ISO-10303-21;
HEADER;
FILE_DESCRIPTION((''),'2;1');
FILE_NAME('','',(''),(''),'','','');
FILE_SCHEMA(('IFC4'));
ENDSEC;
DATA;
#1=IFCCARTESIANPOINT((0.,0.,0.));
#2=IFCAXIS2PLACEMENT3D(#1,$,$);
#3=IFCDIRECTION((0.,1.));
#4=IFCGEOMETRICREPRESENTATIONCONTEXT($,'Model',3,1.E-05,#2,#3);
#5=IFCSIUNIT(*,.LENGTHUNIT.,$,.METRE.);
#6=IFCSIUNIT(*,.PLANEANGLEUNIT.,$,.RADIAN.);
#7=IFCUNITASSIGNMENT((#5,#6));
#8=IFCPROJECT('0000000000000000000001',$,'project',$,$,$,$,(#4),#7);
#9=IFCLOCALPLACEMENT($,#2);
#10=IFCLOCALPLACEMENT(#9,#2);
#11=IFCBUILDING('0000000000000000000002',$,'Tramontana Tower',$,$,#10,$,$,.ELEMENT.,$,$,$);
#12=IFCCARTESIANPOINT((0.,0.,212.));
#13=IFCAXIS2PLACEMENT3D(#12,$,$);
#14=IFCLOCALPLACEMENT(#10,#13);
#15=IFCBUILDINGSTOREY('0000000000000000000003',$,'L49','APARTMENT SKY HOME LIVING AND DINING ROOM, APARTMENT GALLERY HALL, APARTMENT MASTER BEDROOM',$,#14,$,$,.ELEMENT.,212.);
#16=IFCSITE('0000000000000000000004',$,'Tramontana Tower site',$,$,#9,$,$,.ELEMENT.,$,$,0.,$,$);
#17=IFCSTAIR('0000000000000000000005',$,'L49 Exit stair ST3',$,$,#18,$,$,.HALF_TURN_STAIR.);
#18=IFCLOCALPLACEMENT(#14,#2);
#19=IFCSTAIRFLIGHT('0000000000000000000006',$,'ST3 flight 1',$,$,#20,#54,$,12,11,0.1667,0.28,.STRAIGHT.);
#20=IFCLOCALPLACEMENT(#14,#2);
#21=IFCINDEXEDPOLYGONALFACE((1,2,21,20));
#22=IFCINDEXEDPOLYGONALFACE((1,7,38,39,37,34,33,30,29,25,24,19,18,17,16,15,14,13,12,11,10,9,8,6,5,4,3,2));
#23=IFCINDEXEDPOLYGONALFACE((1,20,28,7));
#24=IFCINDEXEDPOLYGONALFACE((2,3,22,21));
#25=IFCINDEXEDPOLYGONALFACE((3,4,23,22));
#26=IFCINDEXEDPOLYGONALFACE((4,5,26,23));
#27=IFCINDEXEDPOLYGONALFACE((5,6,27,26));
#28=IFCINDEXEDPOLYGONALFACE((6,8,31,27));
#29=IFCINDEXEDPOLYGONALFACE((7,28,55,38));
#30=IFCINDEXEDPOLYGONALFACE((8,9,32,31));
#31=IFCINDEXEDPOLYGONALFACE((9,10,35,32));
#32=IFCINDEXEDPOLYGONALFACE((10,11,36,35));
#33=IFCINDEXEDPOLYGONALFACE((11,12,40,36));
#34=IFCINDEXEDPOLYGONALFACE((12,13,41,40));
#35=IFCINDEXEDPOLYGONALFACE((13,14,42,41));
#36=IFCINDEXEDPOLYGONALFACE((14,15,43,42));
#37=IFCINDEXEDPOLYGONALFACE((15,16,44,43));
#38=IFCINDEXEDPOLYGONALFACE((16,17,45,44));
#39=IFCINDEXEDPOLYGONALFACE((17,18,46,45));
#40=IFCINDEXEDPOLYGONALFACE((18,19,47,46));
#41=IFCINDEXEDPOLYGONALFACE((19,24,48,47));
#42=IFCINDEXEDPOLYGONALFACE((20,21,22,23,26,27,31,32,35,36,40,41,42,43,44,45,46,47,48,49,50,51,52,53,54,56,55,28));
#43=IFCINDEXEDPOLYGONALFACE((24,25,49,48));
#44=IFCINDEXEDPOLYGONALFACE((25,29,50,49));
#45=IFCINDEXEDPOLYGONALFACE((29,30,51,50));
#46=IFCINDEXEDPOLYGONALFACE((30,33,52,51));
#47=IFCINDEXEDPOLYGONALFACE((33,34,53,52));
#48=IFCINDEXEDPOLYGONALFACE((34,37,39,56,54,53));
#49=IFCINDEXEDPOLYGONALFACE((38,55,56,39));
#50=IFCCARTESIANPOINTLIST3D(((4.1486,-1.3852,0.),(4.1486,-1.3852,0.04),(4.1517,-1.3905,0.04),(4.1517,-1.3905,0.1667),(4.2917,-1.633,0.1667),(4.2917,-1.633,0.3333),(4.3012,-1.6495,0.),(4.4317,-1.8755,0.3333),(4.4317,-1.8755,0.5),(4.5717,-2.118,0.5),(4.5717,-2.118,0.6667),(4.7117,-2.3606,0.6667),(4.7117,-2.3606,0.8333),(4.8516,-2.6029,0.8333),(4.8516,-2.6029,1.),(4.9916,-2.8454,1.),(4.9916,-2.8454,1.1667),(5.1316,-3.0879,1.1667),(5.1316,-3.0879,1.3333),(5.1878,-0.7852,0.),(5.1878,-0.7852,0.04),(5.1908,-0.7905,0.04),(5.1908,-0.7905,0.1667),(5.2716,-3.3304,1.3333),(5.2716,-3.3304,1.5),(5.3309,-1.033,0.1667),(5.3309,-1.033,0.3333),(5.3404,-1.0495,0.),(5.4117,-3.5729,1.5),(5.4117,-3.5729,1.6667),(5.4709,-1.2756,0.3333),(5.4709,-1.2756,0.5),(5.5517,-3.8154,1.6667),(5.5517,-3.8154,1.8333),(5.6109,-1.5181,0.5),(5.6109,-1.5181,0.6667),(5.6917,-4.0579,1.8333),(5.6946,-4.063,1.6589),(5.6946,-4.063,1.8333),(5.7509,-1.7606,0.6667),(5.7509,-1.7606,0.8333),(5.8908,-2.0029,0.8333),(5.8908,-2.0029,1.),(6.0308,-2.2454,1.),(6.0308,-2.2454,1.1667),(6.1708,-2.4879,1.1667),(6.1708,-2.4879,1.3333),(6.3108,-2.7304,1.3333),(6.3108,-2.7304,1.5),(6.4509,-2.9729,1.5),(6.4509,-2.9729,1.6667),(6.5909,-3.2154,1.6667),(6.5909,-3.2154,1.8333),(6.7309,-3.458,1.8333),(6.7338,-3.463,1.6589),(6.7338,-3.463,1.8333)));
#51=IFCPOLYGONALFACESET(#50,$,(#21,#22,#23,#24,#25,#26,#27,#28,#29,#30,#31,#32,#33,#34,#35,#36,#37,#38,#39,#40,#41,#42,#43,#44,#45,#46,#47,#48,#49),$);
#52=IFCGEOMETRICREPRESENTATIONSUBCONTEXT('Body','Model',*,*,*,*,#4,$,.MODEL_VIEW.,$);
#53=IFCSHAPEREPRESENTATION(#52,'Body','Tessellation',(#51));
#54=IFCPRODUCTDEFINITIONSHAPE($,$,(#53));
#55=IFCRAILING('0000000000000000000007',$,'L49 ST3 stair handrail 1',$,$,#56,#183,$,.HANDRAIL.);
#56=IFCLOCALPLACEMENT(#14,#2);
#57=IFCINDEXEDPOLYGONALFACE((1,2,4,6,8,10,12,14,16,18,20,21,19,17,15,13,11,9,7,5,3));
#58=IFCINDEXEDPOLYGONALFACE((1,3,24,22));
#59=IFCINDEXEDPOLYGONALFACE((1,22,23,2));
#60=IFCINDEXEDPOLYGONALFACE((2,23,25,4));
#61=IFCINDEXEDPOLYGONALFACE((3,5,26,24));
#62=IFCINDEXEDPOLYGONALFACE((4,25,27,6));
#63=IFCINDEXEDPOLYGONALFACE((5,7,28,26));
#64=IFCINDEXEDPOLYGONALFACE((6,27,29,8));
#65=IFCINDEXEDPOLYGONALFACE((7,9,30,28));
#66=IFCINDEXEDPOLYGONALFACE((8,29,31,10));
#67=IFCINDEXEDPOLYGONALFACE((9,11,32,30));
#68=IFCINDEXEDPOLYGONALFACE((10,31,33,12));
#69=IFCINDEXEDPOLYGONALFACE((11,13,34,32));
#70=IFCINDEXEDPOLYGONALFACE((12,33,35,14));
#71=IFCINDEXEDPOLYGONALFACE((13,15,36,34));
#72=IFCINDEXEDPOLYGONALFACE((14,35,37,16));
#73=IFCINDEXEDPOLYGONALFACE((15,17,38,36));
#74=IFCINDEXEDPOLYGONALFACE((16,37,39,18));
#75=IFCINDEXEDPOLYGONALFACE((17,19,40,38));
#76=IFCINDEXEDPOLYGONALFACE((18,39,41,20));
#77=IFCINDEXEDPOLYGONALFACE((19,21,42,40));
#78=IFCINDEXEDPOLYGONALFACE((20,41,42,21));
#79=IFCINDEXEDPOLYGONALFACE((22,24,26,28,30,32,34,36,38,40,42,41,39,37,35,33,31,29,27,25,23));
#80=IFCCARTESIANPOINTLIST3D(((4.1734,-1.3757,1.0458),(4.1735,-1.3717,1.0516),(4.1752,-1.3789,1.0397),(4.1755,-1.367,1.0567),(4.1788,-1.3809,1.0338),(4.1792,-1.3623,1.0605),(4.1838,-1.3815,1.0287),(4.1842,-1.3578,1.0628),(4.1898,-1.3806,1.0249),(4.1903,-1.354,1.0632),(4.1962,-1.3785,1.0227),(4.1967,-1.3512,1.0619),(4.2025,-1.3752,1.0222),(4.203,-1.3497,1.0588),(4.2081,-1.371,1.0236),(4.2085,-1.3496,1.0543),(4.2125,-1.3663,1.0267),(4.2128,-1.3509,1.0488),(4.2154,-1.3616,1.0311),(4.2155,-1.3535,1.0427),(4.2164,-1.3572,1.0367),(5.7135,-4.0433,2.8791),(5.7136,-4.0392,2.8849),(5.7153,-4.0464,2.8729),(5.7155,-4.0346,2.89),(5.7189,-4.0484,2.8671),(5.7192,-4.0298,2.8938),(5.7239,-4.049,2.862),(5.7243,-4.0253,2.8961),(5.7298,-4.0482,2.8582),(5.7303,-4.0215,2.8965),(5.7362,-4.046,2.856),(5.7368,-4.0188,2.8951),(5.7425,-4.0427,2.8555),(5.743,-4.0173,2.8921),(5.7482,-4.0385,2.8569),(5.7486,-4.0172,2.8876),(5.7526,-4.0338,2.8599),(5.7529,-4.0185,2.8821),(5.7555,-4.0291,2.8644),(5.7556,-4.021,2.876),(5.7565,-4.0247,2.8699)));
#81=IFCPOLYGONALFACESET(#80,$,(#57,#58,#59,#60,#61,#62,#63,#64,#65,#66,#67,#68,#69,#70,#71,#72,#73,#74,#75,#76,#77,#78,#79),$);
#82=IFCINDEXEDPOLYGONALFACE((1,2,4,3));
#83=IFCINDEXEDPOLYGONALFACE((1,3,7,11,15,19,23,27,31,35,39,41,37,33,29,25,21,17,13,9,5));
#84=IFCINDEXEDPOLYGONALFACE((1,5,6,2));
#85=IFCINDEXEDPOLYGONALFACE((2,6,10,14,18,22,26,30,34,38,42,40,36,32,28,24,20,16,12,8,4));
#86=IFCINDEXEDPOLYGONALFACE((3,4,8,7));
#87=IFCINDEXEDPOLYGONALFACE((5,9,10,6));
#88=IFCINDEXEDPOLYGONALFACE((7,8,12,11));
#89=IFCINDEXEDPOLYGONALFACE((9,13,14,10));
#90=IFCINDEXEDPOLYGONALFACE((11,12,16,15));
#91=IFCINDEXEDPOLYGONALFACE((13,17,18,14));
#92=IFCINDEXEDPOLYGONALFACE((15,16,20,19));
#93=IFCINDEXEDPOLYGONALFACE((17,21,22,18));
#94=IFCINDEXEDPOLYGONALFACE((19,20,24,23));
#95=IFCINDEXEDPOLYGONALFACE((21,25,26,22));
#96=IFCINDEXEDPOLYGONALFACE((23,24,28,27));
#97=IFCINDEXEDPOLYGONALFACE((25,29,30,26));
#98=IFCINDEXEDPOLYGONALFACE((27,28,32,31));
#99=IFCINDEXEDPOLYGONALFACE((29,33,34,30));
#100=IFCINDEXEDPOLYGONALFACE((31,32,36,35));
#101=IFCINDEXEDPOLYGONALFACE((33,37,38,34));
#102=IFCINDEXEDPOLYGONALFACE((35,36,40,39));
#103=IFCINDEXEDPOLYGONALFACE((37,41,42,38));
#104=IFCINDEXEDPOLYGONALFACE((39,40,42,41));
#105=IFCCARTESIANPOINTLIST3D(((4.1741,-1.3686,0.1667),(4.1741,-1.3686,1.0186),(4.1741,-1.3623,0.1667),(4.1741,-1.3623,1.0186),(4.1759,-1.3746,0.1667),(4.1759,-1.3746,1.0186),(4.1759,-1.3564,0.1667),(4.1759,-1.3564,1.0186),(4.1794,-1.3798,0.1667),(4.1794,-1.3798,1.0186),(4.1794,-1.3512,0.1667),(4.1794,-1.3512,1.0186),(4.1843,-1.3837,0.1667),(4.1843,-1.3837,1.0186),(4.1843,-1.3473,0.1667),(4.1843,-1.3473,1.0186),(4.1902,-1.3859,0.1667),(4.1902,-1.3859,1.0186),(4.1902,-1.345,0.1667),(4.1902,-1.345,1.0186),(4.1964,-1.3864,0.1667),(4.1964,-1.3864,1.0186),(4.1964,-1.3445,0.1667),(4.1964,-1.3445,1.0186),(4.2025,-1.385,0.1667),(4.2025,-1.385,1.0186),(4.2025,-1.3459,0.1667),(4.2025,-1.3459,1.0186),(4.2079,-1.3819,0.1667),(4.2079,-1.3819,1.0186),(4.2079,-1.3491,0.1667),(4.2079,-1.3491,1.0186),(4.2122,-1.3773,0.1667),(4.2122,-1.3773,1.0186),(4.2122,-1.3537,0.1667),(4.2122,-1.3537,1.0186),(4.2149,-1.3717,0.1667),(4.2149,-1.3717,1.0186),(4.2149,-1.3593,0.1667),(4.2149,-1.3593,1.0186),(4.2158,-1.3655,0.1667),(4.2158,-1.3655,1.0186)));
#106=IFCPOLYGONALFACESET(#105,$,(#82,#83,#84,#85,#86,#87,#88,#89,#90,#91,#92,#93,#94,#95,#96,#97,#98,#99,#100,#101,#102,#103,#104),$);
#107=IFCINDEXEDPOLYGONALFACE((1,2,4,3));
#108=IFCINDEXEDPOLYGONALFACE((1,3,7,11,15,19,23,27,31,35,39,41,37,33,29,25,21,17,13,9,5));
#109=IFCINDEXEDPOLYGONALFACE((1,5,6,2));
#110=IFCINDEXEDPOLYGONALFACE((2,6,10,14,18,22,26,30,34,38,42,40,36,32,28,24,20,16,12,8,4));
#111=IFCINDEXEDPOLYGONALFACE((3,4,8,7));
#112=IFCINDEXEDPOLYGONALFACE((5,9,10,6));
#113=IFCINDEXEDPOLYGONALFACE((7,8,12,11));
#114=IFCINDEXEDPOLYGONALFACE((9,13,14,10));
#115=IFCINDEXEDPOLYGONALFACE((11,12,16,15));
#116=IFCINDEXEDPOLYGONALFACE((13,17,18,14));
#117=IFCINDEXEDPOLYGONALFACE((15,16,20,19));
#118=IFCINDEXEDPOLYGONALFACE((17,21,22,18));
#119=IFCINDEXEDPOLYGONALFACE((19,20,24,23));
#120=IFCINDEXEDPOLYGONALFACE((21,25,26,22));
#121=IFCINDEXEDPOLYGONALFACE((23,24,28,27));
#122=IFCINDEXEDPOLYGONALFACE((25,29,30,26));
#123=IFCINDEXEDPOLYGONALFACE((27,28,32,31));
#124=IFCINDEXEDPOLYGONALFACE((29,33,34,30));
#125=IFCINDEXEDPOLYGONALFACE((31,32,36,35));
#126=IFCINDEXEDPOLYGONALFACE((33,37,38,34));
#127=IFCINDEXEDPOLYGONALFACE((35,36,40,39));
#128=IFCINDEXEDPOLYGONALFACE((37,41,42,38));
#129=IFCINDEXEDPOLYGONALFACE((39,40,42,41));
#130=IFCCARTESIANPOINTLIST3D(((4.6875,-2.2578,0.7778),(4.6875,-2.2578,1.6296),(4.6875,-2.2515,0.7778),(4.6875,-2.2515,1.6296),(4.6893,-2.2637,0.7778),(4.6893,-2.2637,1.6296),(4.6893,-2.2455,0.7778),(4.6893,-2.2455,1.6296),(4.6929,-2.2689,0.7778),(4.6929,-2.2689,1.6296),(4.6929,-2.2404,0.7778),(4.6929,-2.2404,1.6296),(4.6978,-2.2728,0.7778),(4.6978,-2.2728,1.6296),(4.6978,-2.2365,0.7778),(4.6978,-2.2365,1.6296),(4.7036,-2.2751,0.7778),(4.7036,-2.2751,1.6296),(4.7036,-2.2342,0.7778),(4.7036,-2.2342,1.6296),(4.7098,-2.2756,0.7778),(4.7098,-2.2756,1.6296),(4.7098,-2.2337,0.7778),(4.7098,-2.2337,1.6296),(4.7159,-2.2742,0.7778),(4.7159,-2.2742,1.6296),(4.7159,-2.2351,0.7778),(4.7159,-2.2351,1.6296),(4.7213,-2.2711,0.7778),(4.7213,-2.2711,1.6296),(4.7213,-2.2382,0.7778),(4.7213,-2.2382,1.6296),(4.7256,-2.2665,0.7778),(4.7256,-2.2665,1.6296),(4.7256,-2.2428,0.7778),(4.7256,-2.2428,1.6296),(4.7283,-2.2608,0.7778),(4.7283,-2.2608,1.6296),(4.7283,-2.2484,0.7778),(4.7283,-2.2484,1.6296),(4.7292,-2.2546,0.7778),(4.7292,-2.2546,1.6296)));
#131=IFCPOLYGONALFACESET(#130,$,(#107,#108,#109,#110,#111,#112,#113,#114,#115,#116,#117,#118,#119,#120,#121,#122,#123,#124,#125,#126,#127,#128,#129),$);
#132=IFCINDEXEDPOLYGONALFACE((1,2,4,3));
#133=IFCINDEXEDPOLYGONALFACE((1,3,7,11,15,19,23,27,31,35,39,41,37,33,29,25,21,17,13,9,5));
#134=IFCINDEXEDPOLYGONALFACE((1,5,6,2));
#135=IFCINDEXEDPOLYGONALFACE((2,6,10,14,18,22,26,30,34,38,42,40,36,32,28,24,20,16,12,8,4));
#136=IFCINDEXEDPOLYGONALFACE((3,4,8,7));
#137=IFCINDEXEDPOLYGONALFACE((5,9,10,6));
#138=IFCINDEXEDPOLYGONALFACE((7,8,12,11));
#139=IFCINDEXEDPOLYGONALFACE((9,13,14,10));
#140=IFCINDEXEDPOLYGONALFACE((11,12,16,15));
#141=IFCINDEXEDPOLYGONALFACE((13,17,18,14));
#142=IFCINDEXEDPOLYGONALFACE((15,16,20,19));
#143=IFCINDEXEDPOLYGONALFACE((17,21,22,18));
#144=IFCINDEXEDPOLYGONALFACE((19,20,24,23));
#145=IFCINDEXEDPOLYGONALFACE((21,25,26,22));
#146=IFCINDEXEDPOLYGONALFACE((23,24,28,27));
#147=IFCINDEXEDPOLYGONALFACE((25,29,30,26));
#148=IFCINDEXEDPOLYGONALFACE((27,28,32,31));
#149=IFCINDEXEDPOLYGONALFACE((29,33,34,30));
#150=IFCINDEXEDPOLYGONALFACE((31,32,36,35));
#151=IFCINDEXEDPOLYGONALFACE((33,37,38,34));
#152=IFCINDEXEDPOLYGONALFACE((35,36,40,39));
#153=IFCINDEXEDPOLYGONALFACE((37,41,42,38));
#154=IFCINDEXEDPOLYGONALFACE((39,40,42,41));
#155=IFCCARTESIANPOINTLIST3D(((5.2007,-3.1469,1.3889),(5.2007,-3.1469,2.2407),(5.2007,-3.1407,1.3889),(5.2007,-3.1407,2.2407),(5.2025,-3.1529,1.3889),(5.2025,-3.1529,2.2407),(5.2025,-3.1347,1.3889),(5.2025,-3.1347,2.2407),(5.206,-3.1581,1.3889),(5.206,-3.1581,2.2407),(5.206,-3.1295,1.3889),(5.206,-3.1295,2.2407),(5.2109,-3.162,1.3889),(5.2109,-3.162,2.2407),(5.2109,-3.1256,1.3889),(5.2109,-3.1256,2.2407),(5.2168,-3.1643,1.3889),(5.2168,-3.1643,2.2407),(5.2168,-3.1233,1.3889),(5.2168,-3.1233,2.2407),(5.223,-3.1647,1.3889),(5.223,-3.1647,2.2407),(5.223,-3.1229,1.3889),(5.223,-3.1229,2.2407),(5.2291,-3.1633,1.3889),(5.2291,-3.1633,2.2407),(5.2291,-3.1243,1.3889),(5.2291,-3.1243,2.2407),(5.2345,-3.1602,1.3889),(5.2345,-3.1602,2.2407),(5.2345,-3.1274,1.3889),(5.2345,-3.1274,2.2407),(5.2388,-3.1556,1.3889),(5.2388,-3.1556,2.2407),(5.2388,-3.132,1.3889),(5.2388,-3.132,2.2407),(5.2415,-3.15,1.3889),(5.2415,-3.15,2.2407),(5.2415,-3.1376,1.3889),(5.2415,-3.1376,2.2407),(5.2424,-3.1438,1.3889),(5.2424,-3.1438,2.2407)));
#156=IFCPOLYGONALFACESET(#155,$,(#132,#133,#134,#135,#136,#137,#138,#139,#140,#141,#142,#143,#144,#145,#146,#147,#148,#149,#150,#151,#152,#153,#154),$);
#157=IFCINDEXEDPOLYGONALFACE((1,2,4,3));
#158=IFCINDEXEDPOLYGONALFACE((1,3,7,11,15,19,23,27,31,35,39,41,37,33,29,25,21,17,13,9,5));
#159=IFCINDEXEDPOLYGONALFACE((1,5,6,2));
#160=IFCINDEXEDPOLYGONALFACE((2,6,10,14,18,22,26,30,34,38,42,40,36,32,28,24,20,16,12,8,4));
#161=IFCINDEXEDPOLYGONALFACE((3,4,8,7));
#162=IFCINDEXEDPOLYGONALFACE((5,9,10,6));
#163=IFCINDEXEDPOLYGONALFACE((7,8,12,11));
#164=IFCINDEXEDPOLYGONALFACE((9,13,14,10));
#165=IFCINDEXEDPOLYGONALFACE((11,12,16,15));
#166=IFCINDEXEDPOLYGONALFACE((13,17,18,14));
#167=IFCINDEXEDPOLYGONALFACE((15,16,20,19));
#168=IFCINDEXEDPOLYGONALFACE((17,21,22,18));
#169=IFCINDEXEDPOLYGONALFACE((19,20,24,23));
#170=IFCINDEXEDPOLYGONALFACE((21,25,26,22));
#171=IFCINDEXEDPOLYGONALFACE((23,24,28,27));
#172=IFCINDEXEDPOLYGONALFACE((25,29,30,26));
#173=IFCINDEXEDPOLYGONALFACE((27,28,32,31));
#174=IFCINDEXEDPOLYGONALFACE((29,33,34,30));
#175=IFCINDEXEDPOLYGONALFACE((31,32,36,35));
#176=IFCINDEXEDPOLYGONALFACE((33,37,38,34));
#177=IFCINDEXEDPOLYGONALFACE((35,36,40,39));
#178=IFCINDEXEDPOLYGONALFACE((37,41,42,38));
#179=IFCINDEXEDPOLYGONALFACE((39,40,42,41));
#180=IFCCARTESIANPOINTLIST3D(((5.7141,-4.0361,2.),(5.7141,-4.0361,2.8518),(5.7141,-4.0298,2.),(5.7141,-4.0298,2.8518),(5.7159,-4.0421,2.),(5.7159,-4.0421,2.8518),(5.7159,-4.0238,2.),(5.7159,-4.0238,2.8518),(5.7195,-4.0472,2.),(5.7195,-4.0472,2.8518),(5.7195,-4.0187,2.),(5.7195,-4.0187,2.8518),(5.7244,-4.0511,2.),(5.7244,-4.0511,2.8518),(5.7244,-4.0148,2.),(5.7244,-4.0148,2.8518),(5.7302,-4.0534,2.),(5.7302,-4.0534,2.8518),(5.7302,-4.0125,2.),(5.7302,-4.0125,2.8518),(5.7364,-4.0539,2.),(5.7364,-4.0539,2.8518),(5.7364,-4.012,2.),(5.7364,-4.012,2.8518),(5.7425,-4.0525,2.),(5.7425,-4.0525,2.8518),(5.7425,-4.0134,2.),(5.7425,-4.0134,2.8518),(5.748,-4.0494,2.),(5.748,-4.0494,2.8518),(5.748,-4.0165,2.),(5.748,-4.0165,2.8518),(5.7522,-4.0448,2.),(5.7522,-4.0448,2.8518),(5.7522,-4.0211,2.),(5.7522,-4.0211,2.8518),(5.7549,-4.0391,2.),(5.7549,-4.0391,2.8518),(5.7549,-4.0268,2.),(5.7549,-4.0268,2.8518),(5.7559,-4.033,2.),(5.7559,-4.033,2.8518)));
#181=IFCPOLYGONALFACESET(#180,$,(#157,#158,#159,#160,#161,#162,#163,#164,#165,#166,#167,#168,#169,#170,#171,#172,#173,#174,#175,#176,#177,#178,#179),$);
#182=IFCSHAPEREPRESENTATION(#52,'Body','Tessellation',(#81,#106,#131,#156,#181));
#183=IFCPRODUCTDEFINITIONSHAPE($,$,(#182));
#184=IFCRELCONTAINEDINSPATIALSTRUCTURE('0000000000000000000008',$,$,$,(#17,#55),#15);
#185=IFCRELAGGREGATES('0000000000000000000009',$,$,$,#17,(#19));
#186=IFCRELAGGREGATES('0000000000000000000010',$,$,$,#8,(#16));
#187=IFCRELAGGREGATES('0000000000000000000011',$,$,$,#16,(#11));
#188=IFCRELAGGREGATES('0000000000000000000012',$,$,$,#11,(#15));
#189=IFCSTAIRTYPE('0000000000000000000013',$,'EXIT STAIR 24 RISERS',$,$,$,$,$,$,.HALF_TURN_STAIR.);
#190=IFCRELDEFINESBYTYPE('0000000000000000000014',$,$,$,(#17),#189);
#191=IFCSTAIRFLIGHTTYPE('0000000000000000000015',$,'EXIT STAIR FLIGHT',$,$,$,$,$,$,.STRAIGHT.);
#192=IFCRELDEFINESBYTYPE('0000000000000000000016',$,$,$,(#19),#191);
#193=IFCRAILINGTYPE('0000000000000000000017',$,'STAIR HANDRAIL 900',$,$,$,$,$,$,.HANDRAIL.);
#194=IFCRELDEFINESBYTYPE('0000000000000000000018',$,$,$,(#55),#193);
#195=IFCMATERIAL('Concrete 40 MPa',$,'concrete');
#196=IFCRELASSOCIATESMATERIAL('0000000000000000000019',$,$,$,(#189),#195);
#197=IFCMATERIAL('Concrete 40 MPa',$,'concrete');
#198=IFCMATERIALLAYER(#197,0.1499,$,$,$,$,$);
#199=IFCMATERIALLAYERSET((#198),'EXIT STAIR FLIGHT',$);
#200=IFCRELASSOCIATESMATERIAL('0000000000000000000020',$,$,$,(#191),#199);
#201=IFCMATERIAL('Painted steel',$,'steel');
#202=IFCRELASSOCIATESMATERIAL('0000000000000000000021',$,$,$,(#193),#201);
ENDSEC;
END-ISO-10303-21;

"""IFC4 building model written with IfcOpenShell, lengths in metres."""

from ifc_helpers import new_model, si_unit, direction, frame, origin, origin_2d, place, context, subcontext, project, spatial, polyline, circle, outline, extrude, material, layer, layer_set, type_object, element, aggregate, save


model = new_model("IFC4")

# Units and contexts
model_context = context("Model", 3, precision=1e-05, world=origin(), true_north=direction((0.0, 1.0)))
body_context = subcontext(model_context, "Body", "Model", "MODEL_VIEW")
ifc_project = project(units=[si_unit("LENGTHUNIT", "METRE"), si_unit("PLANEANGLEUNIT", "RADIAN")], contexts=[model_context])

# Site, building, storey
site_placement = place(None, origin())
site = spatial("IfcSite", under=ifc_project, at=site_placement, Name="Tramontana Tower site", CompositionType="ELEMENT", RefElevation=0.0)
building_placement = place(site_placement, origin())
building = spatial("IfcBuilding", under=site, at=building_placement, Name="Tramontana Tower", CompositionType="ELEMENT")
storey_placement = place(building_placement, frame((0.0, 0.0, 212.0)))
storey = spatial("IfcBuildingStorey", under=building, at=storey_placement, Name="L49", Description="APARTMENT SKY HOME LIVING AND DINING ROOM, APARTMENT GALLERY HALL, APARTMENT MASTER BEDROOM", CompositionType="ELEMENT", Elevation=212.0)

# Stair
ifc_material_1 = material(Name="Concrete 40 MPa", Category="concrete")
stair_type = type_object("IfcStairType", Name="EXIT STAIR 24 RISERS", PredefinedType="HALF_TURN_STAIR", material=ifc_material_1)
stair_1_placement = place(storey_placement, origin())
stair_1 = element("IfcStair", 1, at=stair_1_placement, inside=storey, type_object=stair_type, Name="L49 Exit stair ST3", PredefinedType="HALF_TURN_STAIR")

# Stair flight
ifc_material_2 = material(Name="Concrete 40 MPa", Category="concrete")
ifc_layer_1 = layer(ifc_material_2, 0.1499)
ifc_layer_set_1 = layer_set([ifc_layer_1], Name="EXIT STAIR FLIGHT")
stair_flight_type = type_object("IfcStairFlightType", Name="EXIT STAIR FLIGHT", PredefinedType="STRAIGHT", material=ifc_layer_set_1)
stair_flight_placement = place(storey_placement, frame((4.6711, -1.0906, 0.0), z_axis=(0.0, 0.0, 1.0), x_axis=(0.5, -0.866025, 0.0)))
stair_flight = element("IfcStairFlight", 2, at=stair_flight_placement, type_object=stair_flight_type, Name="ST3 flight 1", NumberOfRisers=12, NumberOfTreads=11, PredefinedType="STRAIGHT", RiserHeight=0.1667, TreadLength=0.28, context=body_context, shape_type="SweptSolid", body=[
    extrude(outline(polyline([(-0.0061, 0.0), (-0.0061, 0.04), (0.0, 0.04), (0.0, 0.1667), (0.28, 0.1667), (0.28, 0.3333), (0.5601, 0.3333), (0.5601, 0.5), (0.8401, 0.5), (0.8401, 0.6667), (1.1201, 0.6667), (1.1201, 0.8333), (1.3999, 0.8333), (1.3999, 1.0), (1.6799, 1.0), (1.6799, 1.1667), (1.96, 1.1667), (1.96, 1.3333), (2.24, 1.3333), (2.24, 1.5), (2.52, 1.5), (2.52, 1.6667), (2.8, 1.6667), (2.8, 1.8333), (3.0801, 1.8333), (3.0859, 1.8333), (3.0859, 1.6589), (0.2991, 0.0), (-0.0061, 0.0)])), frame((0.0, 0.6001, 0.0), z_axis=(0.0, -1.0, 0.0), x_axis=(1.0, 0.0, 0.0)), (0.0, 0.0, 1.0), 1.2),
])
aggregate(stair_1, [stair_flight])

# Railing
ifc_material_3 = material(Name="Painted steel", Category="steel")
railing_type = type_object("IfcRailingType", Name="STAIR HANDRAIL 900", PredefinedType="HANDRAIL", material=ifc_material_3)
railing_placement = place(storey_placement, frame((4.1948, -1.3655, 0.1667)))
element("IfcRailing", 3, at=railing_placement, inside=storey, type_object=railing_type, Name="L49 ST3 stair handrail 1", PredefinedType="HANDRAIL", context=body_context, shape_type="SweptSolid", body=[
    extrude(circle(Radius=0.0239, at=origin_2d()), frame((0.0, 0.0, 0.876), z_axis=(0.429649, -0.74419, 0.511452), x_axis=(0.86603, 0.499992, 0.0)), (0.0, 0.0, 1.0), 3.5845),
    extrude(circle(Radius=0.021, at=origin_2d()), origin(), (0.0, 0.0, 1.0), 0.8518),
    extrude(circle(Radius=0.021, at=origin_2d()), frame((0.5134, -0.8892, 0.6111)), (0.0, 0.0, 1.0), 0.8518),
    extrude(circle(Radius=0.021, at=origin_2d()), frame((1.0266, -1.7783, 1.2222)), (0.0, 0.0, 1.0), 0.8518),
    extrude(circle(Radius=0.021, at=origin_2d()), frame((1.54, -2.6675, 1.8333)), (0.0, 0.0, 1.0), 0.8518),
])

save(model, "model.ifc")
